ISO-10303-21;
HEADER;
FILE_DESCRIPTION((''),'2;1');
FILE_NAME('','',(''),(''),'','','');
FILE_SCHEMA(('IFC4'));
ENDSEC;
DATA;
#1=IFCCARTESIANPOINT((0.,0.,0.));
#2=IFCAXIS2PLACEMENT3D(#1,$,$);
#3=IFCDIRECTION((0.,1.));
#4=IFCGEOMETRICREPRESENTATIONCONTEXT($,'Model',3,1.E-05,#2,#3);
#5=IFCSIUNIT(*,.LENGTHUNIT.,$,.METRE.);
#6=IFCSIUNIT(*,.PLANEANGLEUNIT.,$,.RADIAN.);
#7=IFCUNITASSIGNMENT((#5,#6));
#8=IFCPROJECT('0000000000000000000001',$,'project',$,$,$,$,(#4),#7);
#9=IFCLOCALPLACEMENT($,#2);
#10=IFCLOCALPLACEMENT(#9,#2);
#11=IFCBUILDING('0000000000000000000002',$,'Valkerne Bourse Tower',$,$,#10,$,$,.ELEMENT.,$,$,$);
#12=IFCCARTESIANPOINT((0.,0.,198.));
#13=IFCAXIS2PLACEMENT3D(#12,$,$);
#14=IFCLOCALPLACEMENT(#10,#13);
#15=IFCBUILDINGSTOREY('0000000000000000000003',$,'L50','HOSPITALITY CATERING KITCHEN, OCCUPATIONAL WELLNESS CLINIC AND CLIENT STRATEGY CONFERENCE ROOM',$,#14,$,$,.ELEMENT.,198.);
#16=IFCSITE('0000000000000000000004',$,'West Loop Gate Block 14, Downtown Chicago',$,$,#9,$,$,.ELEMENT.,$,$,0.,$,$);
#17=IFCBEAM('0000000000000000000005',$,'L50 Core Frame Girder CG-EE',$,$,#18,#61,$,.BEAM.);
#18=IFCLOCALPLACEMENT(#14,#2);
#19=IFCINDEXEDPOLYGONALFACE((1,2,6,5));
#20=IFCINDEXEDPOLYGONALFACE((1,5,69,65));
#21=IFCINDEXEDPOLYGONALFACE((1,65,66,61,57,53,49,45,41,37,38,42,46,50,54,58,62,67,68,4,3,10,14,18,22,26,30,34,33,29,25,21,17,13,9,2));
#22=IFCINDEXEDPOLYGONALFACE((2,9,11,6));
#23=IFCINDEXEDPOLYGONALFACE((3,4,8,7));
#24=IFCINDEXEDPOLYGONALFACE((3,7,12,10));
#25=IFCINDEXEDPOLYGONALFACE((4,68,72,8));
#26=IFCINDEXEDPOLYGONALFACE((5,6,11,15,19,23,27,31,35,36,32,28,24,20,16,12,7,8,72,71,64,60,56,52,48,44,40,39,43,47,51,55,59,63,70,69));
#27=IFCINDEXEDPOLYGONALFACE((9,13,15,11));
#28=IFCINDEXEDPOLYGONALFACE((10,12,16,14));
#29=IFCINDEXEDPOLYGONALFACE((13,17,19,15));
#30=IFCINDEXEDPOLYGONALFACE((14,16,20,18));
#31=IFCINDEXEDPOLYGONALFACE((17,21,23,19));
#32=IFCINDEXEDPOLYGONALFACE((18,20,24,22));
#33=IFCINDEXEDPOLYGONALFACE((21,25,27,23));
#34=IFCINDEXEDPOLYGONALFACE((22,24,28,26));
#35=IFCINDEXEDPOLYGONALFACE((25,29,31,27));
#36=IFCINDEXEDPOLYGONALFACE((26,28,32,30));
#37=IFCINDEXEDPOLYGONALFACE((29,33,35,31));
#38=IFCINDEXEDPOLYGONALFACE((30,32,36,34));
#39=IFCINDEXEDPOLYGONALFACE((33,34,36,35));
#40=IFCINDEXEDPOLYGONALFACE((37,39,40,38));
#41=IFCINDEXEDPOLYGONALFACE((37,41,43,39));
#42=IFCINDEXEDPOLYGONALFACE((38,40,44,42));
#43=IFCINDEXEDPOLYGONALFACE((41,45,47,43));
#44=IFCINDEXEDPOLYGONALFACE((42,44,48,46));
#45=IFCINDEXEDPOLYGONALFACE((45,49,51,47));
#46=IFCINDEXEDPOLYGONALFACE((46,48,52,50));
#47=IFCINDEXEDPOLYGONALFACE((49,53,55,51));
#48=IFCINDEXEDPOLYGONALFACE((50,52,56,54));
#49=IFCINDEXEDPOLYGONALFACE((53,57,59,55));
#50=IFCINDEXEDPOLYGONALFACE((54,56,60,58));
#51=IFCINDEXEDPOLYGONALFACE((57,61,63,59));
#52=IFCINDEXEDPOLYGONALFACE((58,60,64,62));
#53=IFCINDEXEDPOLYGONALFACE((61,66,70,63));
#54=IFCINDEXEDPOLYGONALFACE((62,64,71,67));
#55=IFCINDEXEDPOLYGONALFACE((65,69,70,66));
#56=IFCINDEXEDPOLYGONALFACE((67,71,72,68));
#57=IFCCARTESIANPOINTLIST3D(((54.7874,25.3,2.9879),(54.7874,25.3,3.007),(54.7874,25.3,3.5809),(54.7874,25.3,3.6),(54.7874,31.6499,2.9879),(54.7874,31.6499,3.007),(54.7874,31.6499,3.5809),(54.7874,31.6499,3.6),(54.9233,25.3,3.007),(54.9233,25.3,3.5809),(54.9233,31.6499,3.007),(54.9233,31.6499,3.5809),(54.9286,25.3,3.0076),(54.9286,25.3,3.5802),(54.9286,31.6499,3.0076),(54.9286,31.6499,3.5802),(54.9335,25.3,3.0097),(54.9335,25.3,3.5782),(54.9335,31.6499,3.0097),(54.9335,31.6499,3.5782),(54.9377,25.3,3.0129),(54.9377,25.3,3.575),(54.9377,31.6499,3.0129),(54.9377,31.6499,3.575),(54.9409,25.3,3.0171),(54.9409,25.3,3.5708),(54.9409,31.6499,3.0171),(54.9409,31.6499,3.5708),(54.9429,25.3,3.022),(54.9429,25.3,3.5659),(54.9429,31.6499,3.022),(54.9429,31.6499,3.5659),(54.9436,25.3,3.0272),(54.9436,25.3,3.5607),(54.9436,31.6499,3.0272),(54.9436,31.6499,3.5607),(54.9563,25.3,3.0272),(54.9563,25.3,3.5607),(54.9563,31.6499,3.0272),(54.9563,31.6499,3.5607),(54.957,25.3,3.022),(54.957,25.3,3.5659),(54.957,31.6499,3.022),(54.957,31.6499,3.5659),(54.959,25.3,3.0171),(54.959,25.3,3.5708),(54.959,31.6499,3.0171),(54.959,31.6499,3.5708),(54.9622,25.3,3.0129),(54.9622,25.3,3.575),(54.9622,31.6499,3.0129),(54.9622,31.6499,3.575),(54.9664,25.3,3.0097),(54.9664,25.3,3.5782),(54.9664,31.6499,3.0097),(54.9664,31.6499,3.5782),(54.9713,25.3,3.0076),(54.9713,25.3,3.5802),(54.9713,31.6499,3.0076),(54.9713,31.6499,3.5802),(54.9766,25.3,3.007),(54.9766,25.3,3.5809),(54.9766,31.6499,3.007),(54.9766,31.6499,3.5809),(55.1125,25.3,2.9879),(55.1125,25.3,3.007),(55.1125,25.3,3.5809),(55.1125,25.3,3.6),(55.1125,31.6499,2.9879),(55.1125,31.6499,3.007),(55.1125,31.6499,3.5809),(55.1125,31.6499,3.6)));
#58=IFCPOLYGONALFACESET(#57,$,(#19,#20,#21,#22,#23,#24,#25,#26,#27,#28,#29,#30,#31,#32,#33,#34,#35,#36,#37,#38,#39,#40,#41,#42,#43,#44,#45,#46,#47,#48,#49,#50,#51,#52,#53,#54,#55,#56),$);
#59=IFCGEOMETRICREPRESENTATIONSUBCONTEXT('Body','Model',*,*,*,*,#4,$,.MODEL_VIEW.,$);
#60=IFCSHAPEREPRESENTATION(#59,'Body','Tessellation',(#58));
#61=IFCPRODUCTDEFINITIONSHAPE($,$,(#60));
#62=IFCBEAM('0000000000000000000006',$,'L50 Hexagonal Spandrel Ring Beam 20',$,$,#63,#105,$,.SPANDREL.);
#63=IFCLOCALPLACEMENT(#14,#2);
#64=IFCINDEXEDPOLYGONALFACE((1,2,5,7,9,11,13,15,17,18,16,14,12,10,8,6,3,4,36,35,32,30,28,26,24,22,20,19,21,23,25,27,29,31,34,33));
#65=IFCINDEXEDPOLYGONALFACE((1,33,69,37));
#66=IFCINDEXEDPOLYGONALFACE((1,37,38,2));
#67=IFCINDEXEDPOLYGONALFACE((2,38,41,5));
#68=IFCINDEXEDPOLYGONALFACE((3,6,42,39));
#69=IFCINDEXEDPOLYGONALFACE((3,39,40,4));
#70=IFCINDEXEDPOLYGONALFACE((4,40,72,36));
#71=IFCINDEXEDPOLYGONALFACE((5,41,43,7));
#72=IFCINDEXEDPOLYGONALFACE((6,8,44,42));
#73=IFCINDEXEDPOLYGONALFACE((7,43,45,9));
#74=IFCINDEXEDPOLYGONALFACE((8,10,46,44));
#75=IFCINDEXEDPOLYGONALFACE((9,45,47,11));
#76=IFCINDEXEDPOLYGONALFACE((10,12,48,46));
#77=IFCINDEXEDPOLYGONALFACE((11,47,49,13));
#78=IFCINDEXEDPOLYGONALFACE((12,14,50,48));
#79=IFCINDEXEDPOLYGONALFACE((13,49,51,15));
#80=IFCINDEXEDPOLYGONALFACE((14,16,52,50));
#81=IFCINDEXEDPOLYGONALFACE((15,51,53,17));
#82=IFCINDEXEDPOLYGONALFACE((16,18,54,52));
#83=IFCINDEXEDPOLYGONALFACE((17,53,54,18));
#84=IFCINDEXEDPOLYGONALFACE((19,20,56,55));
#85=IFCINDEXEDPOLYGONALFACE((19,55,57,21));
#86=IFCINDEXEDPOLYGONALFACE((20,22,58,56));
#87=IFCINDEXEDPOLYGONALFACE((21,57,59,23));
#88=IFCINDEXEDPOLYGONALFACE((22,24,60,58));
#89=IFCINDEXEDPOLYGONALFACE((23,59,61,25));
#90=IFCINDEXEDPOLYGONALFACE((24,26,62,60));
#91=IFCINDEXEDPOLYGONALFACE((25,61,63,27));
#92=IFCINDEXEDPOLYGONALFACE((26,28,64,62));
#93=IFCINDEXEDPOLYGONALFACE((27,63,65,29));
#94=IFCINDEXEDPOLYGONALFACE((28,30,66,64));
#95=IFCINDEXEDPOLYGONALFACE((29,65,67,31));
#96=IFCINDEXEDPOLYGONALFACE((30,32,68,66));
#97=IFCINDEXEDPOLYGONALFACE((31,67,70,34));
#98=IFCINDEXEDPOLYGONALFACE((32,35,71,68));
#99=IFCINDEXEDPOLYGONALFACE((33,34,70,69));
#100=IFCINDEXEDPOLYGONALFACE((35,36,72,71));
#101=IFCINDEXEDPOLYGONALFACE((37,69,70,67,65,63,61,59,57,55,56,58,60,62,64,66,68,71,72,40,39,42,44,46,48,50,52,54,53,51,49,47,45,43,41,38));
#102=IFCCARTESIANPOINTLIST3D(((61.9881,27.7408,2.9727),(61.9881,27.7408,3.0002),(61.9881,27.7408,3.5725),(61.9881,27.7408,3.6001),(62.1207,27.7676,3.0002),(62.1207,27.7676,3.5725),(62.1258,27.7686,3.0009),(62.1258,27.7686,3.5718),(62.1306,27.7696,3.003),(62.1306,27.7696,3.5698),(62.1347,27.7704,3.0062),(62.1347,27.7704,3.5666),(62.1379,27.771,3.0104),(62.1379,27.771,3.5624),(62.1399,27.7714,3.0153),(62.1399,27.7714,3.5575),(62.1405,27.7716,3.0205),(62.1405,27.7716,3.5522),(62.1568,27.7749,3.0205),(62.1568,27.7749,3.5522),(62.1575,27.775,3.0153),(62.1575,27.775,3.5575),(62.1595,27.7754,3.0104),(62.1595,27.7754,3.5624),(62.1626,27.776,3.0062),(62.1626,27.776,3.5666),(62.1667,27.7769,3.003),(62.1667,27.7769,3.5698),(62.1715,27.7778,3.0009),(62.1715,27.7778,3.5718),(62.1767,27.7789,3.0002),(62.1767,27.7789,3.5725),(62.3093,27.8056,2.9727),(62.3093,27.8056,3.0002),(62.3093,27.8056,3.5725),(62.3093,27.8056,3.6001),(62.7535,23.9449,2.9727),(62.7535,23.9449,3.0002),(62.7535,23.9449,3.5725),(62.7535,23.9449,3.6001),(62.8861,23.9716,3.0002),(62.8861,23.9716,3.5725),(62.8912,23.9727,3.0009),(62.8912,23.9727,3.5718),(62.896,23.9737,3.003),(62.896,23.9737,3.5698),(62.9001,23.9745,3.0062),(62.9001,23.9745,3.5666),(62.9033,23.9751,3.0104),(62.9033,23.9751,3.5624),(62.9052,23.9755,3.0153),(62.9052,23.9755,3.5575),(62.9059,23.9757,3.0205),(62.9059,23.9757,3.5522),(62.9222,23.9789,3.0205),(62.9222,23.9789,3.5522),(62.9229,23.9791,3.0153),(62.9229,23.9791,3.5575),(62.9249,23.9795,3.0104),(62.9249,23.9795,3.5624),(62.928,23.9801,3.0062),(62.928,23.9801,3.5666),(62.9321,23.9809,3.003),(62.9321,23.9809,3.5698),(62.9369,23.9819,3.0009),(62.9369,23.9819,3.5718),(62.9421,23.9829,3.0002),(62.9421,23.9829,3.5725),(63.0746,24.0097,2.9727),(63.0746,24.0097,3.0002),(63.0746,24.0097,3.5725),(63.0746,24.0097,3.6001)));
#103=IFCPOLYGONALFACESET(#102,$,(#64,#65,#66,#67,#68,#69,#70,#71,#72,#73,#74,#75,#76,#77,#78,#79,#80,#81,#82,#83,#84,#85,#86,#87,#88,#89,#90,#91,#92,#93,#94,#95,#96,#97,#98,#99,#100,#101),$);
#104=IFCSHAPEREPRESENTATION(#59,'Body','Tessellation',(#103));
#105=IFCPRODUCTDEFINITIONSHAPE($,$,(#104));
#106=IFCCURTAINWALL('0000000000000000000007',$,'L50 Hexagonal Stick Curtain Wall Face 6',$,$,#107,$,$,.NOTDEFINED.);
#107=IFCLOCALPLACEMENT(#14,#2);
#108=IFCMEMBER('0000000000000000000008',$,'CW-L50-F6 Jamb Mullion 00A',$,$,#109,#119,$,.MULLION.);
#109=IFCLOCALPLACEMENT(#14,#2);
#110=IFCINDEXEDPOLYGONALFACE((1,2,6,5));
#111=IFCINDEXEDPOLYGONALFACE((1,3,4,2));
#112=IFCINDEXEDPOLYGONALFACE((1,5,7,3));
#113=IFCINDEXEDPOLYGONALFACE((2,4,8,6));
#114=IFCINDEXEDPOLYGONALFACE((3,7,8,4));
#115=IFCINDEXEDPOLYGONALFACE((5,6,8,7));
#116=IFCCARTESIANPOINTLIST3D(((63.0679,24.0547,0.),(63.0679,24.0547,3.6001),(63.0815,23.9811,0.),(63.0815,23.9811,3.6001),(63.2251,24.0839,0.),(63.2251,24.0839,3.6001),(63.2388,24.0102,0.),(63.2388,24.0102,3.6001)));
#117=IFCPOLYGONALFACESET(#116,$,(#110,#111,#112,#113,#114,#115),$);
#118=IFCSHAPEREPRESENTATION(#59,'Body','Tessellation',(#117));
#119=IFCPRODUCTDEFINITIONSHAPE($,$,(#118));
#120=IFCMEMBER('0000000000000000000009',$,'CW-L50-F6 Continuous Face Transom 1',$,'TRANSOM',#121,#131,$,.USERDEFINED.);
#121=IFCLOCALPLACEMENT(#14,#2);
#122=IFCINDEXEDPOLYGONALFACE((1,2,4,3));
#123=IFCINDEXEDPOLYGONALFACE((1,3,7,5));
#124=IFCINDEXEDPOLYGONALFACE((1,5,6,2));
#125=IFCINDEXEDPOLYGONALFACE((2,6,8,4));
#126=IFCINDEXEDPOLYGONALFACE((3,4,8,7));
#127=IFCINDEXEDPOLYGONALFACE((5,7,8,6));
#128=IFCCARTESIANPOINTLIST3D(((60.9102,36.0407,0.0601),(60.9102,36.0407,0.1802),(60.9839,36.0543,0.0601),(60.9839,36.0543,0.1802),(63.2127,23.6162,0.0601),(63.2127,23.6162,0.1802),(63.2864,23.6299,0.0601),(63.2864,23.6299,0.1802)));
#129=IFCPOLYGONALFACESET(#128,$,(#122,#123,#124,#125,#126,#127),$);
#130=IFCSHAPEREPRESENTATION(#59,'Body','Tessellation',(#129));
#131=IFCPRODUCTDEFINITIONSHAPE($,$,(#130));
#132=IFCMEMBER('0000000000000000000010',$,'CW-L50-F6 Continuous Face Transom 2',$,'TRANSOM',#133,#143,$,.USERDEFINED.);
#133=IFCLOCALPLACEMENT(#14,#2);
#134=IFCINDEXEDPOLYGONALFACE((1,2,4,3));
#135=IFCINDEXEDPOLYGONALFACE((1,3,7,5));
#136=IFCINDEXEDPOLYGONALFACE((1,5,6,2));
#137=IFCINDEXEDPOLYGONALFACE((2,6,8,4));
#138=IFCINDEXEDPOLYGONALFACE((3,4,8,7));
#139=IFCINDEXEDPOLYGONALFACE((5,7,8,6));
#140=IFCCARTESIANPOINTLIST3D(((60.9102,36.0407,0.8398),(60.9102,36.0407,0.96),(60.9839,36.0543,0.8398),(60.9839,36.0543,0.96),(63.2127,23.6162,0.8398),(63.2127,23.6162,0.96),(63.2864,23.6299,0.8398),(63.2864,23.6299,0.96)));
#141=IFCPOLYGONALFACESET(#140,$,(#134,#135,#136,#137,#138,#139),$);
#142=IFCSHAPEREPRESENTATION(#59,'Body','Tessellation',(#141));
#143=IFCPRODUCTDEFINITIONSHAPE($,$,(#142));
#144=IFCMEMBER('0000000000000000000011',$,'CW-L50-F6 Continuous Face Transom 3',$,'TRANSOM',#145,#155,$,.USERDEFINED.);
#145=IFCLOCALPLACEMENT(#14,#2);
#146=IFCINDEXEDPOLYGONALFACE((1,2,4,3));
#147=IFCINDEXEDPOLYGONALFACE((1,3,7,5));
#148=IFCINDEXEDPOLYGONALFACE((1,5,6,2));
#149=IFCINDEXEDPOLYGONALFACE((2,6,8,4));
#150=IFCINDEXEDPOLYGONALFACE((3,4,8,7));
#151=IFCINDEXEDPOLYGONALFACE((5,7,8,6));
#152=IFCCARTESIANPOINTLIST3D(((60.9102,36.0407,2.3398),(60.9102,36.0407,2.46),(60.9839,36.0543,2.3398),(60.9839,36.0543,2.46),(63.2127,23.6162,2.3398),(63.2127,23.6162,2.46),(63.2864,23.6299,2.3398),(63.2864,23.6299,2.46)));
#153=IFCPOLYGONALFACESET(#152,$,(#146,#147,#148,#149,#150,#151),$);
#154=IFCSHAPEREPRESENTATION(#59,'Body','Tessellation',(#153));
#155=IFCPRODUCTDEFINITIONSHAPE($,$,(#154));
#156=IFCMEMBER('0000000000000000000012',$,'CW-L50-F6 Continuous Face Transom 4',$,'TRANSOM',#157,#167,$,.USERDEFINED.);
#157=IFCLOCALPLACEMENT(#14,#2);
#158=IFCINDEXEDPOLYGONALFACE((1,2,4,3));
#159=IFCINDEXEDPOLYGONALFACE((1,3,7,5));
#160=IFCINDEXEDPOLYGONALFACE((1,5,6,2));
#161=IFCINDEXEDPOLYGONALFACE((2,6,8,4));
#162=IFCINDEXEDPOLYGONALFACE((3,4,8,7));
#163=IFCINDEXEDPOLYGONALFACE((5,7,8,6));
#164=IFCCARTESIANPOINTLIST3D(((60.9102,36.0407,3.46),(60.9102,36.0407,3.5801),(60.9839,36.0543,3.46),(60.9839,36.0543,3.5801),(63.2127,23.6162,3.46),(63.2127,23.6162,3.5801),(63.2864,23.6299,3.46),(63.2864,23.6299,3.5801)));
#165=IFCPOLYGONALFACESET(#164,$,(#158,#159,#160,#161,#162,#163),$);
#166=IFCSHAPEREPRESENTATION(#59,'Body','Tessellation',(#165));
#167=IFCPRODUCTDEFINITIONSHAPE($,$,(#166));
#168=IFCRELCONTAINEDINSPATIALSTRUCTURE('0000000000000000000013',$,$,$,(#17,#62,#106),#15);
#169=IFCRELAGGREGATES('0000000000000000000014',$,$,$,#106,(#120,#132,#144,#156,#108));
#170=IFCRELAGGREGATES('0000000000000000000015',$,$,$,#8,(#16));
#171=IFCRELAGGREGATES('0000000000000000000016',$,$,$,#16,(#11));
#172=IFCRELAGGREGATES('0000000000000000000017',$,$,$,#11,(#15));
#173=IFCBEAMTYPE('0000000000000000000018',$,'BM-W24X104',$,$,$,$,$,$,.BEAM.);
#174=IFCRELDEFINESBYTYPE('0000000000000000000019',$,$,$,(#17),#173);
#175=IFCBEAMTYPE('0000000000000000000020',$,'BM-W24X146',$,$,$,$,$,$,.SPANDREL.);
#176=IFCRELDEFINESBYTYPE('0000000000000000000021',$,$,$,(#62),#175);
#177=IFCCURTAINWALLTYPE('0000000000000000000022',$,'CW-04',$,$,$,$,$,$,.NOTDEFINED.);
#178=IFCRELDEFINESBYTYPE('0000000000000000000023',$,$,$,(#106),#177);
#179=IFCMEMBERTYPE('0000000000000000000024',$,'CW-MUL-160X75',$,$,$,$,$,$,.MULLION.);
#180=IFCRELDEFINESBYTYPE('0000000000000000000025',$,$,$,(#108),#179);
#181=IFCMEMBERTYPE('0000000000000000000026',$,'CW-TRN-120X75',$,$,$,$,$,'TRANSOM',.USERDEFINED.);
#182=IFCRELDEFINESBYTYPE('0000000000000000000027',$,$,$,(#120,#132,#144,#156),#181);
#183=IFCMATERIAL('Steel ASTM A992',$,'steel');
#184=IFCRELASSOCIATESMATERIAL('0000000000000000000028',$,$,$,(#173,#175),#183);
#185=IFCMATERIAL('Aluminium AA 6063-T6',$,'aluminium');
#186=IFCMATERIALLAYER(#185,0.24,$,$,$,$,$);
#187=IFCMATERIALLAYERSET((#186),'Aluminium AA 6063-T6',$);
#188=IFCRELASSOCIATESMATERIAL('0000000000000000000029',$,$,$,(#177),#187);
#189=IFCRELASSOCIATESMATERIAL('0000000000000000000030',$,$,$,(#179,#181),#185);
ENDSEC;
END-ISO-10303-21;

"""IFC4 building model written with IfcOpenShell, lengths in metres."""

from ifc_helpers import new_model, si_unit, direction, frame, origin, origin_2d, place, context, subcontext, project, spatial, rectangle, i_section, extrude, material, layer, layer_set, material_profile, profile_set, type_object, element, aggregate, save


model = new_model("IFC4")

# Units and contexts
model_context = context("Model", 3, precision=1e-05, world=origin(), true_north=direction((0.0, 1.0)))
body_context = subcontext(model_context, "Body", "Model", "MODEL_VIEW")
ifc_project = project(units=[si_unit("LENGTHUNIT", "METRE"), si_unit("PLANEANGLEUNIT", "RADIAN")], contexts=[model_context])

# Site, building, storey
site_placement = place(None, origin())
site = spatial("IfcSite", under=ifc_project, at=site_placement, Name="West Loop Gate Block 14, Downtown Chicago", CompositionType="ELEMENT", RefElevation=0.0)
building_placement = place(site_placement, origin())
building = spatial("IfcBuilding", under=site, at=building_placement, Name="Valkerne Bourse Tower", CompositionType="ELEMENT")
storey_placement = place(building_placement, frame((0.0, 0.0, 198.0)))
storey = spatial("IfcBuildingStorey", under=building, at=storey_placement, Name="L50", Description="HOSPITALITY CATERING KITCHEN, OCCUPATIONAL WELLNESS CLINIC AND CLIENT STRATEGY CONFERENCE ROOM", CompositionType="ELEMENT", Elevation=198.0)

# Beams
ifc_material_1 = material(Name="Steel ASTM A992", Category="steel")
ifc_material_profile_1 = material_profile(ifc_material_1, i_section(OverallWidth=0.3252, OverallDepth=0.6121, WebThickness=0.0127, FlangeThickness=0.019, FilletRadius=0.0203, at=origin_2d()), Name="W24X104")
ifc_profile_set_1 = profile_set([ifc_material_profile_1], Name="Steel ASTM A992")
beam_type_1 = type_object("IfcBeamType", Name="BM-W24X104", PredefinedType="BEAM", material=ifc_profile_set_1)
beam_1_placement = place(storey_placement, frame((54.95, 25.3, 3.2939), z_axis=(0.0, 1.0, 0.0), x_axis=(-1.0, 0.0, 0.0)))
element("IfcBeam", 1, at=beam_1_placement, inside=storey, type_object=beam_type_1, Name="L50 Core Frame Girder CG-EE", PredefinedType="BEAM", context=body_context, shape_type="SweptSolid", body=[
    extrude(i_section(OverallWidth=0.3252, OverallDepth=0.6121, WebThickness=0.0127, FlangeThickness=0.019, FilletRadius=0.0203, at=origin_2d()), origin(), (0.0, 0.0, 1.0), 6.3499),
])
ifc_material_profile_2 = material_profile(ifc_material_1, i_section(OverallWidth=0.3276, OverallDepth=0.6274, WebThickness=0.0166, FlangeThickness=0.0276, FilletRadius=0.0203, at=origin_2d()), Name="W24X146")
ifc_profile_set_2 = profile_set([ifc_material_profile_2], Name="Steel ASTM A992")
beam_type_2 = type_object("IfcBeamType", Name="BM-W24X146", PredefinedType="SPANDREL", material=ifc_profile_set_2)
beam_2_placement = place(storey_placement, frame((62.9141, 23.9773, 3.2864), z_axis=(-0.197656, 0.980272, 0.0), x_axis=(-0.980272, -0.197656, 0.0)))
element("IfcBeam", 2, at=beam_2_placement, inside=storey, type_object=beam_type_2, Name="L50 Hexagonal Spandrel Ring Beam 20", PredefinedType="SPANDREL", context=body_context, shape_type="SweptSolid", body=[
    extrude(i_section(OverallWidth=0.3276, OverallDepth=0.6274, WebThickness=0.0166, FlangeThickness=0.0276, FilletRadius=0.0203, at=origin_2d()), origin(), (0.0, 0.0, 1.0), 3.8723),
])

# Curtain wall, members
ifc_material_2 = material(Name="Aluminium AA 6063-T6", Category="aluminium")
ifc_layer_1 = layer(ifc_material_2, 0.24)
ifc_layer_set_1 = layer_set([ifc_layer_1], Name="Aluminium AA 6063-T6")
curtain_wall_type = type_object("IfcCurtainWallType", Name="CW-04", PredefinedType="NOTDEFINED", material=ifc_layer_set_1)
curtain_wall_placement = place(storey_placement, origin())
curtain_wall = element("IfcCurtainWall", 3, at=curtain_wall_placement, inside=storey, type_object=curtain_wall_type, Name="L50 Hexagonal Stick Curtain Wall Face 6", PredefinedType="NOTDEFINED")
ifc_material_profile_3 = material_profile(ifc_material_2, rectangle(XDim=0.075, YDim=0.1599, at=origin_2d()), Name="CWM-75X160")
ifc_profile_set_3 = profile_set([ifc_material_profile_3], Name="Aluminium AA 6063-T6")
member_type_1 = type_object("IfcMemberType", Name="CW-MUL-160X75", PredefinedType="MULLION", material=ifc_profile_set_3)
member_1_placement = place(storey_placement, frame((63.1533, 24.0325, 0.0), z_axis=(0.0, 0.0, 1.0), x_axis=(-0.18224, 0.983254, 0.0)))
member_1 = element("IfcMember", 4, at=member_1_placement, type_object=member_type_1, Name="CW-L50-F6 Jamb Mullion 00A", PredefinedType="MULLION", context=body_context, shape_type="SweptSolid", body=[
    extrude(rectangle(XDim=0.075, YDim=0.1599, at=origin_2d()), origin(), (0.0, 0.0, 1.0), 3.6001),
])
ifc_material_profile_4 = material_profile(ifc_material_2, rectangle(XDim=0.075, YDim=0.1201, at=origin_2d()), Name="CWT-75X120")
ifc_profile_set_4 = profile_set([ifc_material_profile_4], Name="Aluminium AA 6063-T6")
member_type_2 = type_object("IfcMemberType", Name="CW-TRN-120X75", ElementType="TRANSOM", PredefinedType="USERDEFINED", material=ifc_profile_set_4)
member_2_placement = place(storey_placement, frame((63.2495, 23.623, 0.1201), z_axis=(-0.182215, 0.983259, 0.0), x_axis=(-0.983259, -0.182215, 0.0)))
member_2 = element("IfcMember", 5, at=member_2_placement, type_object=member_type_2, Name="CW-L50-F6 Continuous Face Transom 1", ObjectType="TRANSOM", PredefinedType="USERDEFINED", context=body_context, shape_type="SweptSolid", body=[
    extrude(rectangle(XDim=0.075, YDim=0.1201, at=origin_2d()), origin(), (0.0, 0.0, 1.0), 12.636),
])
member_3_placement = place(storey_placement, frame((63.2495, 23.623, 0.8999), z_axis=(-0.182215, 0.983259, 0.0), x_axis=(-0.983259, -0.182215, 0.0)))
member_3 = element("IfcMember", 6, at=member_3_placement, type_object=member_type_2, Name="CW-L50-F6 Continuous Face Transom 2", ObjectType="TRANSOM", PredefinedType="USERDEFINED", context=body_context, shape_type="SweptSolid", body=[
    extrude(rectangle(XDim=0.075, YDim=0.1201, at=origin_2d()), origin(), (0.0, 0.0, 1.0), 12.636),
])
member_4_placement = place(storey_placement, frame((63.2495, 23.623, 2.3999), z_axis=(-0.182215, 0.983259, 0.0), x_axis=(-0.983259, -0.182215, 0.0)))
member_4 = element("IfcMember", 7, at=member_4_placement, type_object=member_type_2, Name="CW-L50-F6 Continuous Face Transom 3", ObjectType="TRANSOM", PredefinedType="USERDEFINED", context=body_context, shape_type="SweptSolid", body=[
    extrude(rectangle(XDim=0.075, YDim=0.1201, at=origin_2d()), origin(), (0.0, 0.0, 1.0), 12.636),
])
member_5_placement = place(storey_placement, frame((63.2495, 23.623, 3.52), z_axis=(-0.182215, 0.983259, 0.0), x_axis=(-0.983259, -0.182215, 0.0)))
member_5 = element("IfcMember", 8, at=member_5_placement, type_object=member_type_2, Name="CW-L50-F6 Continuous Face Transom 4", ObjectType="TRANSOM", PredefinedType="USERDEFINED", context=body_context, shape_type="SweptSolid", body=[
    extrude(rectangle(XDim=0.075, YDim=0.1201, at=origin_2d()), origin(), (0.0, 0.0, 1.0), 12.636),
])
aggregate(curtain_wall, [member_2, member_3, member_4, member_5, member_1])

save(model, "model.ifc")
